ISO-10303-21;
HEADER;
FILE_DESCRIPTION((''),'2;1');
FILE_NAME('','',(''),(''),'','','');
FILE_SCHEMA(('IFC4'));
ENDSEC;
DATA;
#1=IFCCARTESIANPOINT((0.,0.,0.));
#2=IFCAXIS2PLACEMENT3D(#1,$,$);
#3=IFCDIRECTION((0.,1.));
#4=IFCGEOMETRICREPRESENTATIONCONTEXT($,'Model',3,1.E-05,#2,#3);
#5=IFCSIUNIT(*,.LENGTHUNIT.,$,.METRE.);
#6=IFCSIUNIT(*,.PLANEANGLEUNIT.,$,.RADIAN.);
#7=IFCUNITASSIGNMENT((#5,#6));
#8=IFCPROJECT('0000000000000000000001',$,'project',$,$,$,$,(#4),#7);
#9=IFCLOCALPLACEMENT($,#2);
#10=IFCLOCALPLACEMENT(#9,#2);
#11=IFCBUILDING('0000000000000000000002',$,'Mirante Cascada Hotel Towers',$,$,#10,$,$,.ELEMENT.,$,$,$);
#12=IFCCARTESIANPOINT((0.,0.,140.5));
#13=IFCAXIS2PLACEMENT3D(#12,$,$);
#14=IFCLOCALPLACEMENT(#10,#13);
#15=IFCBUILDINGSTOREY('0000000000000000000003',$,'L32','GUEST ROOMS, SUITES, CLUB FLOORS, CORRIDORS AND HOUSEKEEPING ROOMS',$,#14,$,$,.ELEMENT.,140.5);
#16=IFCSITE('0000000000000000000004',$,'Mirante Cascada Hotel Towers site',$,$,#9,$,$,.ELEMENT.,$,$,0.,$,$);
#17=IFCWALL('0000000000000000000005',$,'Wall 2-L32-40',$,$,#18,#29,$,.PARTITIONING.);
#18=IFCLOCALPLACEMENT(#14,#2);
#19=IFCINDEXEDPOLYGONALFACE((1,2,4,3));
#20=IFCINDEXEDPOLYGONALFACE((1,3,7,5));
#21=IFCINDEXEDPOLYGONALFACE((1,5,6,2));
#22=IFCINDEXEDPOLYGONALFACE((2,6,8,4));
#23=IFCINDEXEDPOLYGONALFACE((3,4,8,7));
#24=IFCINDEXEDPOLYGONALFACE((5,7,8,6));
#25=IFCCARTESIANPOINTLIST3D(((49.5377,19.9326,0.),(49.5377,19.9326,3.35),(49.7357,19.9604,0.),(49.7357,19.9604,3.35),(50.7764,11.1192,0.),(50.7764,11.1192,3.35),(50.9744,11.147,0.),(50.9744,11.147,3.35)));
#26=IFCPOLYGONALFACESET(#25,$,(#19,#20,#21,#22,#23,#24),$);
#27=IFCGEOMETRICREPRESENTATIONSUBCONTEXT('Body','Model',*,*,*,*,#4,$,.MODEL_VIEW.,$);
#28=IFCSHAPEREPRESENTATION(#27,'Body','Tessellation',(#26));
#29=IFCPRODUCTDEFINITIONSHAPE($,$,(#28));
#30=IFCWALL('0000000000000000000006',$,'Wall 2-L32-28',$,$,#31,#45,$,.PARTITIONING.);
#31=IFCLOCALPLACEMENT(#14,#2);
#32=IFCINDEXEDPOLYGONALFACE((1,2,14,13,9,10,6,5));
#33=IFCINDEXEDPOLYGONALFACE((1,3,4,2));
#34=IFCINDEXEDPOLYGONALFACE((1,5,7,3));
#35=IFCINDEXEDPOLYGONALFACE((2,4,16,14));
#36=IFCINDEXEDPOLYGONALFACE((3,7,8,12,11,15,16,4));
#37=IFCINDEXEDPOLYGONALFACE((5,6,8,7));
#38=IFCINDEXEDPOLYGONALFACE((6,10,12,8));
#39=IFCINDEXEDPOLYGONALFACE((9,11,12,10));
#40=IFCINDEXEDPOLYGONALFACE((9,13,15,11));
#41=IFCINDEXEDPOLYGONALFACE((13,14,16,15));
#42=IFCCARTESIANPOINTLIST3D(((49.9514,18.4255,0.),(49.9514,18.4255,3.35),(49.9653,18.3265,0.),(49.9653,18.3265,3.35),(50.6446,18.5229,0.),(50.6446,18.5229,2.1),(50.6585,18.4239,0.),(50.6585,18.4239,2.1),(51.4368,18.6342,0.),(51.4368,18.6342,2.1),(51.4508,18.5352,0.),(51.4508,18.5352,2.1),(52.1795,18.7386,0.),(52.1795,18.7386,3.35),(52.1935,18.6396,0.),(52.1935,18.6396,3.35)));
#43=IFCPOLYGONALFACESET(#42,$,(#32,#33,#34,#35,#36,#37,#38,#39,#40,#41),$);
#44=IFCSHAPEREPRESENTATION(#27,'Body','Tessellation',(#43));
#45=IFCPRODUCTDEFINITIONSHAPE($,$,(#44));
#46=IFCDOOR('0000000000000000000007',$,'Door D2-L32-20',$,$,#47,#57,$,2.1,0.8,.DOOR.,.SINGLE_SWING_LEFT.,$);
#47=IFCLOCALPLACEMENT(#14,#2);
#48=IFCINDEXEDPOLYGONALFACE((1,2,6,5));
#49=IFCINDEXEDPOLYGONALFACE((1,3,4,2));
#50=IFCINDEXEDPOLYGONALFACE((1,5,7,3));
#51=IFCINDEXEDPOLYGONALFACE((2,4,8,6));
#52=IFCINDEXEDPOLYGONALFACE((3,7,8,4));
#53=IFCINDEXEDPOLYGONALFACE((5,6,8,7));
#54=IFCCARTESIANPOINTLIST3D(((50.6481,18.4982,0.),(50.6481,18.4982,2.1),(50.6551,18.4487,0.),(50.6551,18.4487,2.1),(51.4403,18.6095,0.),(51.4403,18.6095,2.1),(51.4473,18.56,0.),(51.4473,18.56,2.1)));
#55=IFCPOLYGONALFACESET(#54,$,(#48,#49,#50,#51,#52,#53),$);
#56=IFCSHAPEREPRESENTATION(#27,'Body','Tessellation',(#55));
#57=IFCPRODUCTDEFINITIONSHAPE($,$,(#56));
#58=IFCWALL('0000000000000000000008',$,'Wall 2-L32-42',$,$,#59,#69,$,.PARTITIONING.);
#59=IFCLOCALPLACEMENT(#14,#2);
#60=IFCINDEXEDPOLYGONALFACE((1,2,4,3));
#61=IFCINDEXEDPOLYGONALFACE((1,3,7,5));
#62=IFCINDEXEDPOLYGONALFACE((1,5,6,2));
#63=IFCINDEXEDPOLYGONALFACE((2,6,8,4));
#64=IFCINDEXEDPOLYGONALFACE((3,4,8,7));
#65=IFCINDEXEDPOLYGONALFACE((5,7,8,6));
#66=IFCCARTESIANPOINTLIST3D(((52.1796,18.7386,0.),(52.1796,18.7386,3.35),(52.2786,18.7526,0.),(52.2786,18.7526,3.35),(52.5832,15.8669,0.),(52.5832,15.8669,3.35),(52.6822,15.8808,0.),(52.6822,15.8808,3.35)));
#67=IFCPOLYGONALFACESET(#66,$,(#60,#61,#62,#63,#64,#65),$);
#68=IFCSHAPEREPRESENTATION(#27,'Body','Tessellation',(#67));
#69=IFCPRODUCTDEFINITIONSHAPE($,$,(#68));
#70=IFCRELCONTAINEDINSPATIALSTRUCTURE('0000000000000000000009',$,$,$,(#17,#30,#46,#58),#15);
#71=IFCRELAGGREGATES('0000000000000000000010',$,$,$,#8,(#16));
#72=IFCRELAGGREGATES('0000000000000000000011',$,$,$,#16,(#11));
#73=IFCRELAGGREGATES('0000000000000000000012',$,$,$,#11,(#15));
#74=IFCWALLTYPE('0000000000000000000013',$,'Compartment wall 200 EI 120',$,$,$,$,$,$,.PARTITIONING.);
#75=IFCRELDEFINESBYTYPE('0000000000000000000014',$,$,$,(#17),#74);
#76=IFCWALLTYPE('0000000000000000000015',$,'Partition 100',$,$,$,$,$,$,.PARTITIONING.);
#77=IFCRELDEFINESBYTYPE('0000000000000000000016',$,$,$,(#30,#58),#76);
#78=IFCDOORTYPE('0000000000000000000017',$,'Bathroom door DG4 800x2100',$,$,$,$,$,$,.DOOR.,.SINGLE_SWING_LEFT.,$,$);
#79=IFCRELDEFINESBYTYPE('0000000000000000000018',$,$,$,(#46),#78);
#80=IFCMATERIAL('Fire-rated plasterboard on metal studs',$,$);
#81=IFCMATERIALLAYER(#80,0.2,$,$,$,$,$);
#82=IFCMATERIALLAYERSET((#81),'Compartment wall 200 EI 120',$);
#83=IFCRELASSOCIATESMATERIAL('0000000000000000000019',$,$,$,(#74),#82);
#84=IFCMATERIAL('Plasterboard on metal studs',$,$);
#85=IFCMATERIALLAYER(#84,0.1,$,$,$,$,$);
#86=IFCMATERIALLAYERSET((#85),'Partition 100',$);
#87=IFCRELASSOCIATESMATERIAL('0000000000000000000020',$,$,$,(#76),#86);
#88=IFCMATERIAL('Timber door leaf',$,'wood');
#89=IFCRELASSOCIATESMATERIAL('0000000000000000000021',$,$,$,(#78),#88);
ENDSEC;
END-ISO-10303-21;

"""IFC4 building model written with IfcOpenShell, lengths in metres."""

from ifc_helpers import new_model, si_unit, direction, frame, frame_2d, origin, place, context, subcontext, project, spatial, rectangle, extrude, material, layer, layer_set, type_object, element, fill, save


model = new_model("IFC4")

# Units and contexts
model_context = context("Model", 3, precision=1e-05, world=origin(), true_north=direction((0.0, 1.0)))
body_context = subcontext(model_context, "Body", "Model", "MODEL_VIEW")
ifc_project = project(units=[si_unit("LENGTHUNIT", "METRE"), si_unit("PLANEANGLEUNIT", "RADIAN")], contexts=[model_context])

# Site, building, storey
site_placement = place(None, origin())
site = spatial("IfcSite", under=ifc_project, at=site_placement, Name="Mirante Cascada Hotel Towers site", CompositionType="ELEMENT", RefElevation=0.0)
building_placement = place(site_placement, origin())
building = spatial("IfcBuilding", under=site, at=building_placement, Name="Mirante Cascada Hotel Towers", CompositionType="ELEMENT")
storey_placement = place(building_placement, frame((0.0, 0.0, 140.5)))
storey = spatial("IfcBuildingStorey", under=building, at=storey_placement, Name="L32", Description="GUEST ROOMS, SUITES, CLUB FLOORS, CORRIDORS AND HOUSEKEEPING ROOMS", CompositionType="ELEMENT", Elevation=140.5)

# Shared definitions
ifc_material_1 = material(Name="Fire-rated plasterboard on metal studs")
ifc_layer_1 = layer(ifc_material_1, 0.2)
ifc_layer_set_1 = layer_set([ifc_layer_1], Name="Compartment wall 200 EI 120")
wall_type_1 = type_object("IfcWallType", Name="Compartment wall 200 EI 120", PredefinedType="PARTITIONING", material=ifc_layer_set_1)

# Wall
for number, where, z_axis, x_axis, name in (
    (1, (49.6367, 19.9465, 0.0), (0.0, 0.0, 1.0), (0.139179, -0.990267, 0.0), "Wall 2-L32-40"),
):
    element("IfcWall", number, at=place(storey_placement, frame(where, z_axis=z_axis, x_axis=x_axis)), inside=storey, type_object=wall_type_1, Name=name, PredefinedType="PARTITIONING", context=body_context, shape_type="SweptSolid", body=[
        extrude(rectangle(XDim=8.9, YDim=0.2, at=frame_2d((4.45, 0.0))), origin(), (0.0, 0.0, 1.0), 3.35),
    ])

# Wall, opening, door
ifc_material_2 = material(Name="Plasterboard on metal studs")
ifc_layer_2 = layer(ifc_material_2, 0.1)
ifc_layer_set_2 = layer_set([ifc_layer_2], Name="Partition 100")
wall_type_2 = type_object("IfcWallType", Name="Partition 100", PredefinedType="PARTITIONING", material=ifc_layer_set_2)
wall_1_placement = place(storey_placement, frame((52.1865, 18.6891, 0.0), z_axis=(0.0, 0.0, 1.0), x_axis=(-0.990271, -0.139156, 0.0)))
wall_1 = element("IfcWall", 2, at=wall_1_placement, inside=storey, type_object=wall_type_2, Name="Wall 2-L32-28", PredefinedType="PARTITIONING", context=body_context, shape_type="SweptSolid", body=[
    extrude(rectangle(XDim=2.25, YDim=0.1, at=frame_2d((1.125, 0.0))), origin(), (0.0, 0.0, 1.0), 3.35),
])
opening_1_placement = place(wall_1_placement, frame((0.75, 0.0, 0.0)))
opening_1 = element("IfcOpeningElement", 3, at=opening_1_placement, cuts=wall_1, PredefinedType="OPENING", context=body_context, shape_type="SweptSolid", body=[
    extrude(rectangle(XDim=0.8, YDim=2.1, at=frame_2d((0.4, 1.05))), frame((0.0, 0.05, 0.0), z_axis=(0.0, -1.0, 0.0), x_axis=(1.0, 0.0, 0.0)), (0.0, 0.0, 1.0), 0.1),
])
ifc_material_3 = material(Name="Timber door leaf", Category="wood")
door_type_1 = type_object("IfcDoorType", Name="Bathroom door DG4 800x2100", OperationType="SINGLE_SWING_LEFT", PredefinedType="DOOR", material=ifc_material_3)
door_1_placement = place(opening_1_placement, origin())
door_1 = element("IfcDoor", 4, at=door_1_placement, inside=storey, type_object=door_type_1, Name="Door D2-L32-20", OperationType="SINGLE_SWING_LEFT", OverallHeight=2.1, OverallWidth=0.8, PredefinedType="DOOR", context=body_context, shape_type="SweptSolid", body=[
    extrude(rectangle(XDim=0.8, YDim=2.1, at=frame_2d((0.4, 1.05))), frame((0.0, 0.025, 0.0), z_axis=(0.0, -1.0, 0.0), x_axis=(1.0, 0.0, 0.0)), (0.0, 0.0, 1.0), 0.05),
])
fill(opening_1, door_1)

# Wall
wall_2_placement = place(storey_placement, frame((52.2291, 18.7456, 0.0), z_axis=(0.0, 0.0, 1.0), x_axis=(0.139171, -0.990268, 0.0)))
element("IfcWall", 5, at=wall_2_placement, inside=storey, type_object=wall_type_2, Name="Wall 2-L32-42", PredefinedType="PARTITIONING", context=body_context, shape_type="SweptSolid", body=[
    extrude(rectangle(XDim=2.9, YDim=0.1, at=frame_2d((1.45, 0.0))), origin(), (0.0, 0.0, 1.0), 3.35),
])

save(model, "model.ifc")
